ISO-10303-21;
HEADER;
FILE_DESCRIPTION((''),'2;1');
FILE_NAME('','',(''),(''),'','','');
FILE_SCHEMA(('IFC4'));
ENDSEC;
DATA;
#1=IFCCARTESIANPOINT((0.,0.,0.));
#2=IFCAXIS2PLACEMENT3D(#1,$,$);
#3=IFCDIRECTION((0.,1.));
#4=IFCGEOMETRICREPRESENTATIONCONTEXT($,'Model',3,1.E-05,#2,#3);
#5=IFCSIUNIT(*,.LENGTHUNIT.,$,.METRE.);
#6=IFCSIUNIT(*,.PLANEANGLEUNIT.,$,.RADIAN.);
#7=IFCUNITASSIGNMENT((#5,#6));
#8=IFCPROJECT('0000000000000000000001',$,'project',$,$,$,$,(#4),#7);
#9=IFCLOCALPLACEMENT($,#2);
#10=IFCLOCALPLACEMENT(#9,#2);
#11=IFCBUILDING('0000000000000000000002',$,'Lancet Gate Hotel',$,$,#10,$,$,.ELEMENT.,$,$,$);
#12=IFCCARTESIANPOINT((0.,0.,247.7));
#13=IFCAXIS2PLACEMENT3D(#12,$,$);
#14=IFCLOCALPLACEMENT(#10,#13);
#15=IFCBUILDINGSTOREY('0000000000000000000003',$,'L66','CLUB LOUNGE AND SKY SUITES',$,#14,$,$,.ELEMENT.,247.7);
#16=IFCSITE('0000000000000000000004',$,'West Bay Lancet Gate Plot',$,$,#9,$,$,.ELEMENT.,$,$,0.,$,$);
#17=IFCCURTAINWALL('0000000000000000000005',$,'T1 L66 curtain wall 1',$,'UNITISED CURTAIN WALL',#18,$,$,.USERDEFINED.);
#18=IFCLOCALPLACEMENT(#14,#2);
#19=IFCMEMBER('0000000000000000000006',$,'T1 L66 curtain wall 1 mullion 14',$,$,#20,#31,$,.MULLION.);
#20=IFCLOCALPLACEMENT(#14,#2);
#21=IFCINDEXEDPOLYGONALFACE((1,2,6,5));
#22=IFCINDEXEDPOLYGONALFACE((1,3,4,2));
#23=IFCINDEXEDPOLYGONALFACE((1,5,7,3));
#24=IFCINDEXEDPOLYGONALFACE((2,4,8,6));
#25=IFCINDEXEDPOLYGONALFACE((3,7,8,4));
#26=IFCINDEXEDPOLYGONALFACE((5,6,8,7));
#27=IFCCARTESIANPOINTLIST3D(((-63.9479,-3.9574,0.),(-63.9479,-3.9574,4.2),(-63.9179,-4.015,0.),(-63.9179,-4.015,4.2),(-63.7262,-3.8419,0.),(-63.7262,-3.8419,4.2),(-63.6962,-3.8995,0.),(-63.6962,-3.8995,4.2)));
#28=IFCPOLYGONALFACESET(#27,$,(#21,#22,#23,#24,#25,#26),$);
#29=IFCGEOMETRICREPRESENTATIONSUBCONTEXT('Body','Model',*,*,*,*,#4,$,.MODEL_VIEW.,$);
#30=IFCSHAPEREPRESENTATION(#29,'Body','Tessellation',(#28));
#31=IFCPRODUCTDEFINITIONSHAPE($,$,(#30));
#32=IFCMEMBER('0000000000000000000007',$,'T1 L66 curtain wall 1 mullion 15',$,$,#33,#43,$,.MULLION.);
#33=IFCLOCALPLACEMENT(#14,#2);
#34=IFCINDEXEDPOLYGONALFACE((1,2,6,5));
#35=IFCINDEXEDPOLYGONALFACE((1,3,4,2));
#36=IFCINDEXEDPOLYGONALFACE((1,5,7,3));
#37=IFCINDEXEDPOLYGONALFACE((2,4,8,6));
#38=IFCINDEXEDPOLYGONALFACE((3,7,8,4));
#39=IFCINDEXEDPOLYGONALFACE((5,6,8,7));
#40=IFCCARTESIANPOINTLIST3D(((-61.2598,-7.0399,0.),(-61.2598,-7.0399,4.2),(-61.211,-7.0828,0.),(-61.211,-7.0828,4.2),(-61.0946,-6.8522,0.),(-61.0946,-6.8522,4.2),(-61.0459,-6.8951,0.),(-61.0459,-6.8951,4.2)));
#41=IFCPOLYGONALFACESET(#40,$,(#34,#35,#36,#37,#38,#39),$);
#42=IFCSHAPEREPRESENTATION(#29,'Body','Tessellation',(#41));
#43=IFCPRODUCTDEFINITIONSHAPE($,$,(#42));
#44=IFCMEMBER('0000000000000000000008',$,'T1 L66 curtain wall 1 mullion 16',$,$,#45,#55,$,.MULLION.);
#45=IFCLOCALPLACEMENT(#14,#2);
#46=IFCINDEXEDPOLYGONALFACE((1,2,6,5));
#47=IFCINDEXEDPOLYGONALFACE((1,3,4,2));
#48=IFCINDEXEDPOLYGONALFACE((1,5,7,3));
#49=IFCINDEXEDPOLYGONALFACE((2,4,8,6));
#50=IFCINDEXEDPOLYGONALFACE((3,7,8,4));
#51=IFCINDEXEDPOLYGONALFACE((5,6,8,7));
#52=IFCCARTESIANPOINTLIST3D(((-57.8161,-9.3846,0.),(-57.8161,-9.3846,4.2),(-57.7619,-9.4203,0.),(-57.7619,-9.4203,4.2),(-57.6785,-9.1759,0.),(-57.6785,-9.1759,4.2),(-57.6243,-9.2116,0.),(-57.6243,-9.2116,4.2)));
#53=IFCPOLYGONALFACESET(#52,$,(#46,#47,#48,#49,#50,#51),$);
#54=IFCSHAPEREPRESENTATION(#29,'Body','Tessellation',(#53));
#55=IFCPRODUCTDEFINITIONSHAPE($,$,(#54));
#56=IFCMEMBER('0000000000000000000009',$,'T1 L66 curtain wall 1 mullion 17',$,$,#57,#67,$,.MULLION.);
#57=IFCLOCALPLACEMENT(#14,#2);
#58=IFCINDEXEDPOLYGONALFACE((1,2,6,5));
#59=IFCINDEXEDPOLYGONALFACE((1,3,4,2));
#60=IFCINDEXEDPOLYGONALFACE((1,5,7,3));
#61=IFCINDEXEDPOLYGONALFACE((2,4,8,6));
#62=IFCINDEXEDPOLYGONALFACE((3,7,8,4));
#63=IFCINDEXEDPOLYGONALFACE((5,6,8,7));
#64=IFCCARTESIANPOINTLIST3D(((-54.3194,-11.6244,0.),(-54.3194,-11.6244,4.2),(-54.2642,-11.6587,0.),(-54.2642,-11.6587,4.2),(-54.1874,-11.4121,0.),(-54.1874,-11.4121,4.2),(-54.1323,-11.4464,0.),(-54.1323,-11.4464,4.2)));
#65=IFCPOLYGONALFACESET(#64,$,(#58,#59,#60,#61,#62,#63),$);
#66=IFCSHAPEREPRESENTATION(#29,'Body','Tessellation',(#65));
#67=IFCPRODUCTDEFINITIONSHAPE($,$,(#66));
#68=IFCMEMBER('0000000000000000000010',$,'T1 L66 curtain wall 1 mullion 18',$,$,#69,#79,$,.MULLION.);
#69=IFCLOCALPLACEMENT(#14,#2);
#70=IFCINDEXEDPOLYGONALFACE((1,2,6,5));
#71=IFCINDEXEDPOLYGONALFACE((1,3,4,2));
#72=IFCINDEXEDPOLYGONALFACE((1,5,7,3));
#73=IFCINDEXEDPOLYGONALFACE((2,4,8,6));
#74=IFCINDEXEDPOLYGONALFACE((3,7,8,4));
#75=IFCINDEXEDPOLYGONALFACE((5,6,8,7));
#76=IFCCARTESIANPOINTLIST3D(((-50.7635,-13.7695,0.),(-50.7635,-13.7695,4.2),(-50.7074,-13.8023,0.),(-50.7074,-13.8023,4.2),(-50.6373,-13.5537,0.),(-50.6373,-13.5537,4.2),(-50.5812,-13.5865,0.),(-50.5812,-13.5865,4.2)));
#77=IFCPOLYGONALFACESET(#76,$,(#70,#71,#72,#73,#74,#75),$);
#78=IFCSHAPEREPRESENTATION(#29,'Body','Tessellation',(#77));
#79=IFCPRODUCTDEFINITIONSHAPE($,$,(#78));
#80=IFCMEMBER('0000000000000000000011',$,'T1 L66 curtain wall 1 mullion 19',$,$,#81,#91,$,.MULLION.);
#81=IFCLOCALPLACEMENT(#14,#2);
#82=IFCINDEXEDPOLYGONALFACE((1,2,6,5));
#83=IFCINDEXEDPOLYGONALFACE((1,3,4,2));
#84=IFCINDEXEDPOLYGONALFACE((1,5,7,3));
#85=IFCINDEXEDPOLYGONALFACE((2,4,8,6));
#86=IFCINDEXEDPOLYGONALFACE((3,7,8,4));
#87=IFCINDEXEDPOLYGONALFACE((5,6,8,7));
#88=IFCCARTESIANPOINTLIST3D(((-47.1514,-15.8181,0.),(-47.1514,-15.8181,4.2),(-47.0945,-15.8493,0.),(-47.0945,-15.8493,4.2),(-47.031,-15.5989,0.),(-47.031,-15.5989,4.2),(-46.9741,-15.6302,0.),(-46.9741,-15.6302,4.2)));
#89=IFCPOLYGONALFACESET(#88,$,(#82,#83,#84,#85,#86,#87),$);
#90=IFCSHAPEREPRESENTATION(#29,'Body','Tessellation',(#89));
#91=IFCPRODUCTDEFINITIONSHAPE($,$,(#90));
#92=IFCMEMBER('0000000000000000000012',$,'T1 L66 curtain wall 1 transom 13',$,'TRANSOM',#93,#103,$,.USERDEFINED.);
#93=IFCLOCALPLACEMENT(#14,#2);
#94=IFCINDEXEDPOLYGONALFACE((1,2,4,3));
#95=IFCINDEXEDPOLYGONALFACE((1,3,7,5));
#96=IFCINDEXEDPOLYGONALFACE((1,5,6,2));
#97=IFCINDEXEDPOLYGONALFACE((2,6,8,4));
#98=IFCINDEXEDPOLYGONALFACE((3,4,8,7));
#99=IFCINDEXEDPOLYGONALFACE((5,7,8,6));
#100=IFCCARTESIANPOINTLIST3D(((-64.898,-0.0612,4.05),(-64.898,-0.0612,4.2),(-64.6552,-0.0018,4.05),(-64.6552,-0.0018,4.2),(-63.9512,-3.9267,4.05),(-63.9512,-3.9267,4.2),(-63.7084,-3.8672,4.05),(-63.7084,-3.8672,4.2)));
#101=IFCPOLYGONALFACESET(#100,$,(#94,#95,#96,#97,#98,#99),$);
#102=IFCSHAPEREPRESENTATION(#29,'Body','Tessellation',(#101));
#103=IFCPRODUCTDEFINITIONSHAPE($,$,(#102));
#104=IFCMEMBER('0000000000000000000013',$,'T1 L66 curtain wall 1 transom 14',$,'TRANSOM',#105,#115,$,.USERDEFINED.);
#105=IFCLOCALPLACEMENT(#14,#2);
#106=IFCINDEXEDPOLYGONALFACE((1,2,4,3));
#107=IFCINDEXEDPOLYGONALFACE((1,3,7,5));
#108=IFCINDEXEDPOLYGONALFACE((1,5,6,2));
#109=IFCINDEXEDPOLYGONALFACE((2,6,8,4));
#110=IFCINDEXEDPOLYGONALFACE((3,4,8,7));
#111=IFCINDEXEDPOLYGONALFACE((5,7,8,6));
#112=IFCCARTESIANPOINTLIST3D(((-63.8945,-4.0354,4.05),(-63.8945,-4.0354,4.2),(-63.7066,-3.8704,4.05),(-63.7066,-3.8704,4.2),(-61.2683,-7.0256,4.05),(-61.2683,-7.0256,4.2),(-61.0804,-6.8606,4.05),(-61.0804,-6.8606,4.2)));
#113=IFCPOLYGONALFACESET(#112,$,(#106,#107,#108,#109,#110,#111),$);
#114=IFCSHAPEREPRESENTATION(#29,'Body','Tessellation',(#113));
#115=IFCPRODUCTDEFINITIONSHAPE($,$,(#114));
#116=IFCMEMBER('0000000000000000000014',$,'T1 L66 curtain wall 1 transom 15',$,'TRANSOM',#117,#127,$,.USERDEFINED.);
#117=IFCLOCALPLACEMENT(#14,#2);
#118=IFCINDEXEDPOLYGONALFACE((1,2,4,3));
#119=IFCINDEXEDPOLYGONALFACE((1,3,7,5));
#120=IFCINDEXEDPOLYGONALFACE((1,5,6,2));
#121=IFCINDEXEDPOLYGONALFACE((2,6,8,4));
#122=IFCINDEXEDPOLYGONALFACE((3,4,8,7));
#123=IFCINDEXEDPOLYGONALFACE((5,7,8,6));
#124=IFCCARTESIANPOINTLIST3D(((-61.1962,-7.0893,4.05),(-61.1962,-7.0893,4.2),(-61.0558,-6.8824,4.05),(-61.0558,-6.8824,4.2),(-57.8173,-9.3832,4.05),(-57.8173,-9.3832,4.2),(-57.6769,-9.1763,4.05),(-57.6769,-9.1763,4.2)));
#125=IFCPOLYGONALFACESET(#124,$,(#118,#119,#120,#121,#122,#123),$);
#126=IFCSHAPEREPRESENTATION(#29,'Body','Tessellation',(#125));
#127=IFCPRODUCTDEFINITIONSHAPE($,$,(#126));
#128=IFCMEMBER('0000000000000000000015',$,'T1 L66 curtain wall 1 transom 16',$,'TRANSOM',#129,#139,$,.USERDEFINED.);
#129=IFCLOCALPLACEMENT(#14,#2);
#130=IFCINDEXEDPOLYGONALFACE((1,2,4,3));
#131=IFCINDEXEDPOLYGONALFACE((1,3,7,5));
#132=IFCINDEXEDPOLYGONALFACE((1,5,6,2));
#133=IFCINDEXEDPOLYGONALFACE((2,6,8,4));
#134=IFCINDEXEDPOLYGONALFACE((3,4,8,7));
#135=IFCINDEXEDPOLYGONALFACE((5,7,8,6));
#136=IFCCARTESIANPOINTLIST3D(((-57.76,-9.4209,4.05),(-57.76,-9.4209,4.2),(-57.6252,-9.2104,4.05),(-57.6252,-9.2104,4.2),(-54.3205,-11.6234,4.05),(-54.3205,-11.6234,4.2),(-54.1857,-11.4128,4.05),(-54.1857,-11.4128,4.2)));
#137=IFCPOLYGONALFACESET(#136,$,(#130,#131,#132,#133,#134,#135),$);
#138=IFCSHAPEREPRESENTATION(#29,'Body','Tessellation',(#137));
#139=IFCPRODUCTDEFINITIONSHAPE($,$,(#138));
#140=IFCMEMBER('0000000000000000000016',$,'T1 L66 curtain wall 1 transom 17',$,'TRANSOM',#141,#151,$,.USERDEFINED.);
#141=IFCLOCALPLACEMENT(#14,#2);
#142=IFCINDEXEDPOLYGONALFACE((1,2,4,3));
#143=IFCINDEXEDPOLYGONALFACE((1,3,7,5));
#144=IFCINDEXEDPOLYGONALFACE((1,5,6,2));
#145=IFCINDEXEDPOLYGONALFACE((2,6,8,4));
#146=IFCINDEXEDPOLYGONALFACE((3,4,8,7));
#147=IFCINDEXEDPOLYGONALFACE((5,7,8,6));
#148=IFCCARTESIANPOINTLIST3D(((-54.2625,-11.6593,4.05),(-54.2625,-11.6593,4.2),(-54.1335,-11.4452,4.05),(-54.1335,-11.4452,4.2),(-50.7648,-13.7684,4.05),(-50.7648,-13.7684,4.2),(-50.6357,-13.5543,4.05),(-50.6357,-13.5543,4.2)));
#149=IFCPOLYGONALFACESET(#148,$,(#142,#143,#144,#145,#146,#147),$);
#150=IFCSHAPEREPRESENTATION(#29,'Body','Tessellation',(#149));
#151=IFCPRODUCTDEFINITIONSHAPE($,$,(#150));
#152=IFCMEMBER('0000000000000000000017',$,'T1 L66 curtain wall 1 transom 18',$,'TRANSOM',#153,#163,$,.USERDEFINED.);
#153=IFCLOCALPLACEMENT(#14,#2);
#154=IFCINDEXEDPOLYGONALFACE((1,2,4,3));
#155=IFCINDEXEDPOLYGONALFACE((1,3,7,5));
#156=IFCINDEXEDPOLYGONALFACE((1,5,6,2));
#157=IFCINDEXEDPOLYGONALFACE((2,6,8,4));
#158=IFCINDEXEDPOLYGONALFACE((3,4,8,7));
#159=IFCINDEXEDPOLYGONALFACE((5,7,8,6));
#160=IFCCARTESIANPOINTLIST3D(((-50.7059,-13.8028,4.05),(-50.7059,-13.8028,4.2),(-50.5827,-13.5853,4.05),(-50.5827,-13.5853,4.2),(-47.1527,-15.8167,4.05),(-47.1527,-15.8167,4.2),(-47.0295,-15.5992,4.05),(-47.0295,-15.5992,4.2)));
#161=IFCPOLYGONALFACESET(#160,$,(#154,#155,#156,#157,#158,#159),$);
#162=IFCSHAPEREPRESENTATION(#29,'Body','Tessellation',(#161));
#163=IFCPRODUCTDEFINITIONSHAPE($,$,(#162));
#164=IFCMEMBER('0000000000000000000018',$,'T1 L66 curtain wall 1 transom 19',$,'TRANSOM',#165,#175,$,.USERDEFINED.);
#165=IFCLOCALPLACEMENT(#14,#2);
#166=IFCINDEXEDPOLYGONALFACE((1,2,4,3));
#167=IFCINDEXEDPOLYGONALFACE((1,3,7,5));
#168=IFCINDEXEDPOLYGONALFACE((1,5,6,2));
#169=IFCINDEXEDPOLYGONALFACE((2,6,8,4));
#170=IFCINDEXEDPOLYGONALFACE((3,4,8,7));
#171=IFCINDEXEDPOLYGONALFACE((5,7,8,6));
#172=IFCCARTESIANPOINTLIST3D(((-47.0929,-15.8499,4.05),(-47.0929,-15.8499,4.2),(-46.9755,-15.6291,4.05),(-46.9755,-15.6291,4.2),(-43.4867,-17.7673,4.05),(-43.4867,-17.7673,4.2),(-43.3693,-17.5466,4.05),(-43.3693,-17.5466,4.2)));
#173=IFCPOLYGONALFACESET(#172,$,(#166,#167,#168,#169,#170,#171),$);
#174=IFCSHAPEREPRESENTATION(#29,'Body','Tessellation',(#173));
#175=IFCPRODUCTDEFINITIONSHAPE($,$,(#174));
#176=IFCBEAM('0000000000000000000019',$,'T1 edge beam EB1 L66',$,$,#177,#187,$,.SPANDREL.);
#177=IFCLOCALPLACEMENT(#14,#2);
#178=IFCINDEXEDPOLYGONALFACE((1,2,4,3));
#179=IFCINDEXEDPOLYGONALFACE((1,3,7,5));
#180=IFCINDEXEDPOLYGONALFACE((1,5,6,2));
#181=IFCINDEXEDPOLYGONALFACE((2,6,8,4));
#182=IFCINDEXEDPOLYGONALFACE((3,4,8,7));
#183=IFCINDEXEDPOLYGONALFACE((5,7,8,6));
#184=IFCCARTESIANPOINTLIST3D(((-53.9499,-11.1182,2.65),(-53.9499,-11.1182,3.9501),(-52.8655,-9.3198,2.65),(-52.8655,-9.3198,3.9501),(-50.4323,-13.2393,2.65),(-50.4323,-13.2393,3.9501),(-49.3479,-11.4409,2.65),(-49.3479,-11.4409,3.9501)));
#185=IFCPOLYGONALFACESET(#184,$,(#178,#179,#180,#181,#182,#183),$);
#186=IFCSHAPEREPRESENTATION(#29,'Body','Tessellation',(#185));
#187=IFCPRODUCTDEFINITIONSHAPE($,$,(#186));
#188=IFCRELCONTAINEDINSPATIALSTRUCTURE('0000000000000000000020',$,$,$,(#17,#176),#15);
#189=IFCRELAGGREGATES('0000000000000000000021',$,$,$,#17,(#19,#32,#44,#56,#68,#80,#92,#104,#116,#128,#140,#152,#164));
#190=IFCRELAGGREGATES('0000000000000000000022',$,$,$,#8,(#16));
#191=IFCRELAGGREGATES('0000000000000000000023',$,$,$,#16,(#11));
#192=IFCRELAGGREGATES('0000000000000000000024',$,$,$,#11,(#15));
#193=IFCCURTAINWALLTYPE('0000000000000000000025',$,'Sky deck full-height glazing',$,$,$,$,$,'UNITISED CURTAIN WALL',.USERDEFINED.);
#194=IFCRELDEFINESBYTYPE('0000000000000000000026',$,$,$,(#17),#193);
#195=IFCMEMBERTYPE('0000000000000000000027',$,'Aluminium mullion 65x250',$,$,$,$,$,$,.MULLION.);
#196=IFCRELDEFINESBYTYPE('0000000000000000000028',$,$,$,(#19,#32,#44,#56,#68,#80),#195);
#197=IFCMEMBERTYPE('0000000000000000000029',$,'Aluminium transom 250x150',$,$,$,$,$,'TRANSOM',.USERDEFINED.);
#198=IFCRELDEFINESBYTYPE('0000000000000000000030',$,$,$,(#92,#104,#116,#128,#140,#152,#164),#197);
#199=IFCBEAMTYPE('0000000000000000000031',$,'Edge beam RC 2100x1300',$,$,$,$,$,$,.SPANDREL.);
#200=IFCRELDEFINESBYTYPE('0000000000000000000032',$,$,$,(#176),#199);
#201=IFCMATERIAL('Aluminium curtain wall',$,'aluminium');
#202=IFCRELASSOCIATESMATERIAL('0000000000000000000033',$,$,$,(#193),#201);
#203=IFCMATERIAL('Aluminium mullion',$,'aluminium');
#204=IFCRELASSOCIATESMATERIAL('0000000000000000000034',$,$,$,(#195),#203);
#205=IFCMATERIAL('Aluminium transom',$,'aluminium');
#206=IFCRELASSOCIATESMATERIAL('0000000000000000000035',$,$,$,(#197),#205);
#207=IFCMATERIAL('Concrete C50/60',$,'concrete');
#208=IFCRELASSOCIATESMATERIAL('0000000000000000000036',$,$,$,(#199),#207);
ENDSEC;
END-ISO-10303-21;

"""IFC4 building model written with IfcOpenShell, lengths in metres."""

from ifc_helpers import new_model, si_unit, direction, frame, origin, origin_2d, place, context, subcontext, project, spatial, rectangle, extrude, material, material_profile, profile_set, type_object, element, aggregate, save


model = new_model("IFC4")

# Units and contexts
model_context = context("Model", 3, precision=1e-05, world=origin(), true_north=direction((0.0, 1.0)))
body_context = subcontext(model_context, "Body", "Model", "MODEL_VIEW")
ifc_project = project(units=[si_unit("LENGTHUNIT", "METRE"), si_unit("PLANEANGLEUNIT", "RADIAN")], contexts=[model_context])

# Site, building, storey
site_placement = place(None, origin())
site = spatial("IfcSite", under=ifc_project, at=site_placement, Name="West Bay Lancet Gate Plot", CompositionType="ELEMENT", RefElevation=0.0)
building_placement = place(site_placement, origin())
building = spatial("IfcBuilding", under=site, at=building_placement, Name="Lancet Gate Hotel", CompositionType="ELEMENT")
storey_placement = place(building_placement, frame((0.0, 0.0, 247.7)))
storey = spatial("IfcBuildingStorey", under=building, at=storey_placement, Name="L66", Description="CLUB LOUNGE AND SKY SUITES", CompositionType="ELEMENT", Elevation=247.7)

# Curtain wall, members
ifc_material_1 = material(Name="Aluminium curtain wall", Category="aluminium")
curtain_wall_type = type_object("IfcCurtainWallType", Name="Sky deck full-height glazing", ElementType="UNITISED CURTAIN WALL", PredefinedType="USERDEFINED", material=ifc_material_1)
curtain_wall_placement = place(storey_placement, origin())
curtain_wall = element("IfcCurtainWall", 1, at=curtain_wall_placement, inside=storey, type_object=curtain_wall_type, Name="T1 L66 curtain wall 1", ObjectType="UNITISED CURTAIN WALL", PredefinedType="USERDEFINED")
ifc_material_2 = material(Name="Aluminium mullion", Category="aluminium")
ifc_material_profile_1 = material_profile(ifc_material_2, rectangle(XDim=0.0649, YDim=0.25, at=origin_2d()), Name="MULLION 65x250")
ifc_profile_set_1 = profile_set([ifc_material_profile_1], Name="Aluminium mullion")
member_type_1 = type_object("IfcMemberType", Name="Aluminium mullion 65x250", PredefinedType="MULLION", material=ifc_profile_set_1)
member_1_placement = place(storey_placement, frame((-63.822, -3.9285, 0.0), z_axis=(0.0, 0.0, 1.0), x_axis=(0.462178, -0.886787, 0.0)))
member_1 = element("IfcMember", 2, at=member_1_placement, type_object=member_type_1, Name="T1 L66 curtain wall 1 mullion 14", PredefinedType="MULLION", context=body_context, shape_type="SweptSolid", body=[
    extrude(rectangle(XDim=0.0649, YDim=0.25, at=origin_2d()), origin(), (0.0, 0.0, 1.0), 4.2),
])
member_2_placement = place(storey_placement, frame((-61.1528, -6.9675, 0.0), z_axis=(0.0, 0.0, 1.0), x_axis=(0.750716, -0.660626, 0.0)))
member_2 = element("IfcMember", 3, at=member_2_placement, type_object=member_type_1, Name="T1 L66 curtain wall 1 mullion 15", PredefinedType="MULLION", context=body_context, shape_type="SweptSolid", body=[
    extrude(rectangle(XDim=0.0649, YDim=0.25, at=origin_2d()), origin(), (0.0, 0.0, 1.0), 4.2),
])
member_3_placement = place(storey_placement, frame((-57.7202, -9.2981, 0.0), z_axis=(0.0, 0.0, 1.0), x_axis=(0.834827, -0.550512, 0.0)))
member_3 = element("IfcMember", 4, at=member_3_placement, type_object=member_type_1, Name="T1 L66 curtain wall 1 mullion 16", PredefinedType="MULLION", context=body_context, shape_type="SweptSolid", body=[
    extrude(rectangle(XDim=0.0649, YDim=0.25, at=origin_2d()), origin(), (0.0, 0.0, 1.0), 4.2),
])
member_4_placement = place(storey_placement, frame((-54.2258, -11.5354, 0.0), z_axis=(0.0, 0.0, 1.0), x_axis=(0.849342, -0.527842, 0.0)))
member_4 = element("IfcMember", 5, at=member_4_placement, type_object=member_type_1, Name="T1 L66 curtain wall 1 mullion 17", PredefinedType="MULLION", context=body_context, shape_type="SweptSolid", body=[
    extrude(rectangle(XDim=0.0649, YDim=0.25, at=origin_2d()), origin(), (0.0, 0.0, 1.0), 4.2),
])
member_5_placement = place(storey_placement, frame((-50.6724, -13.678, 0.0), z_axis=(0.0, 0.0, 1.0), x_axis=(0.863242, -0.50479, 0.0)))
member_5 = element("IfcMember", 6, at=member_5_placement, type_object=member_type_1, Name="T1 L66 curtain wall 1 mullion 18", PredefinedType="MULLION", context=body_context, shape_type="SweptSolid", body=[
    extrude(rectangle(XDim=0.0649, YDim=0.25, at=origin_2d()), origin(), (0.0, 0.0, 1.0), 4.2),
])
member_6_placement = place(storey_placement, frame((-47.0627, -15.7241, 0.0), z_axis=(0.0, 0.0, 1.0), x_axis=(0.876516, -0.481372, 0.0)))
member_6 = element("IfcMember", 7, at=member_6_placement, type_object=member_type_1, Name="T1 L66 curtain wall 1 mullion 19", PredefinedType="MULLION", context=body_context, shape_type="SweptSolid", body=[
    extrude(rectangle(XDim=0.0649, YDim=0.25, at=origin_2d()), origin(), (0.0, 0.0, 1.0), 4.2),
])
ifc_material_3 = material(Name="Aluminium transom", Category="aluminium")
ifc_material_profile_2 = material_profile(ifc_material_3, rectangle(XDim=0.25, YDim=0.1499, at=origin_2d()), Name="TRANSOM 250x150")
ifc_profile_set_2 = profile_set([ifc_material_profile_2], Name="Aluminium transom")
member_type_2 = type_object("IfcMemberType", Name="Aluminium transom 250x150", ElementType="TRANSOM", PredefinedType="USERDEFINED", material=ifc_profile_set_2)
member_7_placement = place(storey_placement, frame((-64.7766, -0.0315, 4.125), z_axis=(0.237899, -0.97129, 0.0), x_axis=(0.97129, 0.237899, 0.0)))
member_7 = element("IfcMember", 8, at=member_7_placement, type_object=member_type_2, Name="T1 L66 curtain wall 1 transom 13", ObjectType="TRANSOM", PredefinedType="USERDEFINED", context=body_context, shape_type="SweptSolid", body=[
    extrude(rectangle(XDim=0.25, YDim=0.1499, at=origin_2d()), origin(), (0.0, 0.0, 1.0), 3.9797),
])
member_8_placement = place(storey_placement, frame((-63.8005, -3.9529, 4.125), z_axis=(0.659893, -0.751359, 0.0), x_axis=(0.751359, 0.659893, 0.0)))
member_8 = element("IfcMember", 9, at=member_8_placement, type_object=member_type_2, Name="T1 L66 curtain wall 1 transom 14", ObjectType="TRANSOM", PredefinedType="USERDEFINED", context=body_context, shape_type="SweptSolid", body=[
    extrude(rectangle(XDim=0.25, YDim=0.1499, at=origin_2d()), origin(), (0.0, 0.0, 1.0), 3.9797),
])
member_9_placement = place(storey_placement, frame((-61.126, -6.9858, 4.125), z_axis=(0.827349, -0.561689, 0.0), x_axis=(0.561689, 0.827349, 0.0)))
member_9 = element("IfcMember", 10, at=member_9_placement, type_object=member_type_2, Name="T1 L66 curtain wall 1 transom 15", ObjectType="TRANSOM", PredefinedType="USERDEFINED", context=body_context, shape_type="SweptSolid", body=[
    extrude(rectangle(XDim=0.25, YDim=0.1499, at=origin_2d()), origin(), (0.0, 0.0, 1.0), 4.084),
])
member_10_placement = place(storey_placement, frame((-57.6926, -9.3157, 4.125), z_axis=(0.842144, -0.539252, 0.0), x_axis=(0.539252, 0.842144, 0.0)))
member_10 = element("IfcMember", 11, at=member_10_placement, type_object=member_type_2, Name="T1 L66 curtain wall 1 transom 16", ObjectType="TRANSOM", PredefinedType="USERDEFINED", context=body_context, shape_type="SweptSolid", body=[
    extrude(rectangle(XDim=0.25, YDim=0.1499, at=origin_2d()), origin(), (0.0, 0.0, 1.0), 4.0842),
])
member_11_placement = place(storey_placement, frame((-54.198, -11.5522, 4.125), z_axis=(0.856362, -0.516376, 0.0), x_axis=(0.516376, 0.856362, 0.0)))
member_11 = element("IfcMember", 12, at=member_11_placement, type_object=member_type_2, Name="T1 L66 curtain wall 1 transom 17", ObjectType="TRANSOM", PredefinedType="USERDEFINED", context=body_context, shape_type="SweptSolid", body=[
    extrude(rectangle(XDim=0.25, YDim=0.1499, at=origin_2d()), origin(), (0.0, 0.0, 1.0), 4.0845),
])
member_12_placement = place(storey_placement, frame((-50.6443, -13.6941, 4.125), z_axis=(0.869978, -0.493091, 0.0), x_axis=(0.493091, 0.869978, 0.0)))
member_12 = element("IfcMember", 13, at=member_12_placement, type_object=member_type_2, Name="T1 L66 curtain wall 1 transom 18", ObjectType="TRANSOM", PredefinedType="USERDEFINED", context=body_context, shape_type="SweptSolid", body=[
    extrude(rectangle(XDim=0.25, YDim=0.1499, at=origin_2d()), origin(), (0.0, 0.0, 1.0), 4.0842),
])
member_13_placement = place(storey_placement, frame((-47.0342, -15.7395, 4.125), z_axis=(0.882945, -0.469477, 0.0), x_axis=(0.469477, 0.882945, 0.0)))
member_13 = element("IfcMember", 14, at=member_13_placement, type_object=member_type_2, Name="T1 L66 curtain wall 1 transom 19", ObjectType="TRANSOM", PredefinedType="USERDEFINED", context=body_context, shape_type="SweptSolid", body=[
    extrude(rectangle(XDim=0.25, YDim=0.1499, at=origin_2d()), origin(), (0.0, 0.0, 1.0), 4.0842),
])

# Beam
ifc_material_4 = material(Name="Concrete C50/60", Category="concrete")
ifc_material_profile_3 = material_profile(ifc_material_4, rectangle(XDim=2.1001, YDim=1.3, at=origin_2d()), Name="RC 2100x1300")
ifc_profile_set_3 = profile_set([ifc_material_profile_3], Name="Concrete C50/60")
beam_type_1 = type_object("IfcBeamType", Name="Edge beam RC 2100x1300", PredefinedType="SPANDREL", material=ifc_profile_set_3)
for number, where, z_axis, x_axis, name in (
    (15, (-53.4077, -10.219, 3.3), (0.856358, -0.516382, 0.0), (0.516382, 0.856358, 0.0), "T1 edge beam EB1 L66"),
):
    element("IfcBeam", number, at=place(storey_placement, frame(where, z_axis=z_axis, x_axis=x_axis)), inside=storey, type_object=beam_type_1, Name=name, PredefinedType="SPANDREL", context=body_context, shape_type="SweptSolid", body=[
        extrude(rectangle(XDim=2.1001, YDim=1.3, at=origin_2d()), origin(), (0.0, 0.0, 1.0), 4.1077),
    ])

aggregate(curtain_wall, [member_1, member_2, member_3, member_4, member_5, member_6, member_7, member_8, member_9, member_10, member_11, member_12, member_13])

save(model, "model.ifc")
